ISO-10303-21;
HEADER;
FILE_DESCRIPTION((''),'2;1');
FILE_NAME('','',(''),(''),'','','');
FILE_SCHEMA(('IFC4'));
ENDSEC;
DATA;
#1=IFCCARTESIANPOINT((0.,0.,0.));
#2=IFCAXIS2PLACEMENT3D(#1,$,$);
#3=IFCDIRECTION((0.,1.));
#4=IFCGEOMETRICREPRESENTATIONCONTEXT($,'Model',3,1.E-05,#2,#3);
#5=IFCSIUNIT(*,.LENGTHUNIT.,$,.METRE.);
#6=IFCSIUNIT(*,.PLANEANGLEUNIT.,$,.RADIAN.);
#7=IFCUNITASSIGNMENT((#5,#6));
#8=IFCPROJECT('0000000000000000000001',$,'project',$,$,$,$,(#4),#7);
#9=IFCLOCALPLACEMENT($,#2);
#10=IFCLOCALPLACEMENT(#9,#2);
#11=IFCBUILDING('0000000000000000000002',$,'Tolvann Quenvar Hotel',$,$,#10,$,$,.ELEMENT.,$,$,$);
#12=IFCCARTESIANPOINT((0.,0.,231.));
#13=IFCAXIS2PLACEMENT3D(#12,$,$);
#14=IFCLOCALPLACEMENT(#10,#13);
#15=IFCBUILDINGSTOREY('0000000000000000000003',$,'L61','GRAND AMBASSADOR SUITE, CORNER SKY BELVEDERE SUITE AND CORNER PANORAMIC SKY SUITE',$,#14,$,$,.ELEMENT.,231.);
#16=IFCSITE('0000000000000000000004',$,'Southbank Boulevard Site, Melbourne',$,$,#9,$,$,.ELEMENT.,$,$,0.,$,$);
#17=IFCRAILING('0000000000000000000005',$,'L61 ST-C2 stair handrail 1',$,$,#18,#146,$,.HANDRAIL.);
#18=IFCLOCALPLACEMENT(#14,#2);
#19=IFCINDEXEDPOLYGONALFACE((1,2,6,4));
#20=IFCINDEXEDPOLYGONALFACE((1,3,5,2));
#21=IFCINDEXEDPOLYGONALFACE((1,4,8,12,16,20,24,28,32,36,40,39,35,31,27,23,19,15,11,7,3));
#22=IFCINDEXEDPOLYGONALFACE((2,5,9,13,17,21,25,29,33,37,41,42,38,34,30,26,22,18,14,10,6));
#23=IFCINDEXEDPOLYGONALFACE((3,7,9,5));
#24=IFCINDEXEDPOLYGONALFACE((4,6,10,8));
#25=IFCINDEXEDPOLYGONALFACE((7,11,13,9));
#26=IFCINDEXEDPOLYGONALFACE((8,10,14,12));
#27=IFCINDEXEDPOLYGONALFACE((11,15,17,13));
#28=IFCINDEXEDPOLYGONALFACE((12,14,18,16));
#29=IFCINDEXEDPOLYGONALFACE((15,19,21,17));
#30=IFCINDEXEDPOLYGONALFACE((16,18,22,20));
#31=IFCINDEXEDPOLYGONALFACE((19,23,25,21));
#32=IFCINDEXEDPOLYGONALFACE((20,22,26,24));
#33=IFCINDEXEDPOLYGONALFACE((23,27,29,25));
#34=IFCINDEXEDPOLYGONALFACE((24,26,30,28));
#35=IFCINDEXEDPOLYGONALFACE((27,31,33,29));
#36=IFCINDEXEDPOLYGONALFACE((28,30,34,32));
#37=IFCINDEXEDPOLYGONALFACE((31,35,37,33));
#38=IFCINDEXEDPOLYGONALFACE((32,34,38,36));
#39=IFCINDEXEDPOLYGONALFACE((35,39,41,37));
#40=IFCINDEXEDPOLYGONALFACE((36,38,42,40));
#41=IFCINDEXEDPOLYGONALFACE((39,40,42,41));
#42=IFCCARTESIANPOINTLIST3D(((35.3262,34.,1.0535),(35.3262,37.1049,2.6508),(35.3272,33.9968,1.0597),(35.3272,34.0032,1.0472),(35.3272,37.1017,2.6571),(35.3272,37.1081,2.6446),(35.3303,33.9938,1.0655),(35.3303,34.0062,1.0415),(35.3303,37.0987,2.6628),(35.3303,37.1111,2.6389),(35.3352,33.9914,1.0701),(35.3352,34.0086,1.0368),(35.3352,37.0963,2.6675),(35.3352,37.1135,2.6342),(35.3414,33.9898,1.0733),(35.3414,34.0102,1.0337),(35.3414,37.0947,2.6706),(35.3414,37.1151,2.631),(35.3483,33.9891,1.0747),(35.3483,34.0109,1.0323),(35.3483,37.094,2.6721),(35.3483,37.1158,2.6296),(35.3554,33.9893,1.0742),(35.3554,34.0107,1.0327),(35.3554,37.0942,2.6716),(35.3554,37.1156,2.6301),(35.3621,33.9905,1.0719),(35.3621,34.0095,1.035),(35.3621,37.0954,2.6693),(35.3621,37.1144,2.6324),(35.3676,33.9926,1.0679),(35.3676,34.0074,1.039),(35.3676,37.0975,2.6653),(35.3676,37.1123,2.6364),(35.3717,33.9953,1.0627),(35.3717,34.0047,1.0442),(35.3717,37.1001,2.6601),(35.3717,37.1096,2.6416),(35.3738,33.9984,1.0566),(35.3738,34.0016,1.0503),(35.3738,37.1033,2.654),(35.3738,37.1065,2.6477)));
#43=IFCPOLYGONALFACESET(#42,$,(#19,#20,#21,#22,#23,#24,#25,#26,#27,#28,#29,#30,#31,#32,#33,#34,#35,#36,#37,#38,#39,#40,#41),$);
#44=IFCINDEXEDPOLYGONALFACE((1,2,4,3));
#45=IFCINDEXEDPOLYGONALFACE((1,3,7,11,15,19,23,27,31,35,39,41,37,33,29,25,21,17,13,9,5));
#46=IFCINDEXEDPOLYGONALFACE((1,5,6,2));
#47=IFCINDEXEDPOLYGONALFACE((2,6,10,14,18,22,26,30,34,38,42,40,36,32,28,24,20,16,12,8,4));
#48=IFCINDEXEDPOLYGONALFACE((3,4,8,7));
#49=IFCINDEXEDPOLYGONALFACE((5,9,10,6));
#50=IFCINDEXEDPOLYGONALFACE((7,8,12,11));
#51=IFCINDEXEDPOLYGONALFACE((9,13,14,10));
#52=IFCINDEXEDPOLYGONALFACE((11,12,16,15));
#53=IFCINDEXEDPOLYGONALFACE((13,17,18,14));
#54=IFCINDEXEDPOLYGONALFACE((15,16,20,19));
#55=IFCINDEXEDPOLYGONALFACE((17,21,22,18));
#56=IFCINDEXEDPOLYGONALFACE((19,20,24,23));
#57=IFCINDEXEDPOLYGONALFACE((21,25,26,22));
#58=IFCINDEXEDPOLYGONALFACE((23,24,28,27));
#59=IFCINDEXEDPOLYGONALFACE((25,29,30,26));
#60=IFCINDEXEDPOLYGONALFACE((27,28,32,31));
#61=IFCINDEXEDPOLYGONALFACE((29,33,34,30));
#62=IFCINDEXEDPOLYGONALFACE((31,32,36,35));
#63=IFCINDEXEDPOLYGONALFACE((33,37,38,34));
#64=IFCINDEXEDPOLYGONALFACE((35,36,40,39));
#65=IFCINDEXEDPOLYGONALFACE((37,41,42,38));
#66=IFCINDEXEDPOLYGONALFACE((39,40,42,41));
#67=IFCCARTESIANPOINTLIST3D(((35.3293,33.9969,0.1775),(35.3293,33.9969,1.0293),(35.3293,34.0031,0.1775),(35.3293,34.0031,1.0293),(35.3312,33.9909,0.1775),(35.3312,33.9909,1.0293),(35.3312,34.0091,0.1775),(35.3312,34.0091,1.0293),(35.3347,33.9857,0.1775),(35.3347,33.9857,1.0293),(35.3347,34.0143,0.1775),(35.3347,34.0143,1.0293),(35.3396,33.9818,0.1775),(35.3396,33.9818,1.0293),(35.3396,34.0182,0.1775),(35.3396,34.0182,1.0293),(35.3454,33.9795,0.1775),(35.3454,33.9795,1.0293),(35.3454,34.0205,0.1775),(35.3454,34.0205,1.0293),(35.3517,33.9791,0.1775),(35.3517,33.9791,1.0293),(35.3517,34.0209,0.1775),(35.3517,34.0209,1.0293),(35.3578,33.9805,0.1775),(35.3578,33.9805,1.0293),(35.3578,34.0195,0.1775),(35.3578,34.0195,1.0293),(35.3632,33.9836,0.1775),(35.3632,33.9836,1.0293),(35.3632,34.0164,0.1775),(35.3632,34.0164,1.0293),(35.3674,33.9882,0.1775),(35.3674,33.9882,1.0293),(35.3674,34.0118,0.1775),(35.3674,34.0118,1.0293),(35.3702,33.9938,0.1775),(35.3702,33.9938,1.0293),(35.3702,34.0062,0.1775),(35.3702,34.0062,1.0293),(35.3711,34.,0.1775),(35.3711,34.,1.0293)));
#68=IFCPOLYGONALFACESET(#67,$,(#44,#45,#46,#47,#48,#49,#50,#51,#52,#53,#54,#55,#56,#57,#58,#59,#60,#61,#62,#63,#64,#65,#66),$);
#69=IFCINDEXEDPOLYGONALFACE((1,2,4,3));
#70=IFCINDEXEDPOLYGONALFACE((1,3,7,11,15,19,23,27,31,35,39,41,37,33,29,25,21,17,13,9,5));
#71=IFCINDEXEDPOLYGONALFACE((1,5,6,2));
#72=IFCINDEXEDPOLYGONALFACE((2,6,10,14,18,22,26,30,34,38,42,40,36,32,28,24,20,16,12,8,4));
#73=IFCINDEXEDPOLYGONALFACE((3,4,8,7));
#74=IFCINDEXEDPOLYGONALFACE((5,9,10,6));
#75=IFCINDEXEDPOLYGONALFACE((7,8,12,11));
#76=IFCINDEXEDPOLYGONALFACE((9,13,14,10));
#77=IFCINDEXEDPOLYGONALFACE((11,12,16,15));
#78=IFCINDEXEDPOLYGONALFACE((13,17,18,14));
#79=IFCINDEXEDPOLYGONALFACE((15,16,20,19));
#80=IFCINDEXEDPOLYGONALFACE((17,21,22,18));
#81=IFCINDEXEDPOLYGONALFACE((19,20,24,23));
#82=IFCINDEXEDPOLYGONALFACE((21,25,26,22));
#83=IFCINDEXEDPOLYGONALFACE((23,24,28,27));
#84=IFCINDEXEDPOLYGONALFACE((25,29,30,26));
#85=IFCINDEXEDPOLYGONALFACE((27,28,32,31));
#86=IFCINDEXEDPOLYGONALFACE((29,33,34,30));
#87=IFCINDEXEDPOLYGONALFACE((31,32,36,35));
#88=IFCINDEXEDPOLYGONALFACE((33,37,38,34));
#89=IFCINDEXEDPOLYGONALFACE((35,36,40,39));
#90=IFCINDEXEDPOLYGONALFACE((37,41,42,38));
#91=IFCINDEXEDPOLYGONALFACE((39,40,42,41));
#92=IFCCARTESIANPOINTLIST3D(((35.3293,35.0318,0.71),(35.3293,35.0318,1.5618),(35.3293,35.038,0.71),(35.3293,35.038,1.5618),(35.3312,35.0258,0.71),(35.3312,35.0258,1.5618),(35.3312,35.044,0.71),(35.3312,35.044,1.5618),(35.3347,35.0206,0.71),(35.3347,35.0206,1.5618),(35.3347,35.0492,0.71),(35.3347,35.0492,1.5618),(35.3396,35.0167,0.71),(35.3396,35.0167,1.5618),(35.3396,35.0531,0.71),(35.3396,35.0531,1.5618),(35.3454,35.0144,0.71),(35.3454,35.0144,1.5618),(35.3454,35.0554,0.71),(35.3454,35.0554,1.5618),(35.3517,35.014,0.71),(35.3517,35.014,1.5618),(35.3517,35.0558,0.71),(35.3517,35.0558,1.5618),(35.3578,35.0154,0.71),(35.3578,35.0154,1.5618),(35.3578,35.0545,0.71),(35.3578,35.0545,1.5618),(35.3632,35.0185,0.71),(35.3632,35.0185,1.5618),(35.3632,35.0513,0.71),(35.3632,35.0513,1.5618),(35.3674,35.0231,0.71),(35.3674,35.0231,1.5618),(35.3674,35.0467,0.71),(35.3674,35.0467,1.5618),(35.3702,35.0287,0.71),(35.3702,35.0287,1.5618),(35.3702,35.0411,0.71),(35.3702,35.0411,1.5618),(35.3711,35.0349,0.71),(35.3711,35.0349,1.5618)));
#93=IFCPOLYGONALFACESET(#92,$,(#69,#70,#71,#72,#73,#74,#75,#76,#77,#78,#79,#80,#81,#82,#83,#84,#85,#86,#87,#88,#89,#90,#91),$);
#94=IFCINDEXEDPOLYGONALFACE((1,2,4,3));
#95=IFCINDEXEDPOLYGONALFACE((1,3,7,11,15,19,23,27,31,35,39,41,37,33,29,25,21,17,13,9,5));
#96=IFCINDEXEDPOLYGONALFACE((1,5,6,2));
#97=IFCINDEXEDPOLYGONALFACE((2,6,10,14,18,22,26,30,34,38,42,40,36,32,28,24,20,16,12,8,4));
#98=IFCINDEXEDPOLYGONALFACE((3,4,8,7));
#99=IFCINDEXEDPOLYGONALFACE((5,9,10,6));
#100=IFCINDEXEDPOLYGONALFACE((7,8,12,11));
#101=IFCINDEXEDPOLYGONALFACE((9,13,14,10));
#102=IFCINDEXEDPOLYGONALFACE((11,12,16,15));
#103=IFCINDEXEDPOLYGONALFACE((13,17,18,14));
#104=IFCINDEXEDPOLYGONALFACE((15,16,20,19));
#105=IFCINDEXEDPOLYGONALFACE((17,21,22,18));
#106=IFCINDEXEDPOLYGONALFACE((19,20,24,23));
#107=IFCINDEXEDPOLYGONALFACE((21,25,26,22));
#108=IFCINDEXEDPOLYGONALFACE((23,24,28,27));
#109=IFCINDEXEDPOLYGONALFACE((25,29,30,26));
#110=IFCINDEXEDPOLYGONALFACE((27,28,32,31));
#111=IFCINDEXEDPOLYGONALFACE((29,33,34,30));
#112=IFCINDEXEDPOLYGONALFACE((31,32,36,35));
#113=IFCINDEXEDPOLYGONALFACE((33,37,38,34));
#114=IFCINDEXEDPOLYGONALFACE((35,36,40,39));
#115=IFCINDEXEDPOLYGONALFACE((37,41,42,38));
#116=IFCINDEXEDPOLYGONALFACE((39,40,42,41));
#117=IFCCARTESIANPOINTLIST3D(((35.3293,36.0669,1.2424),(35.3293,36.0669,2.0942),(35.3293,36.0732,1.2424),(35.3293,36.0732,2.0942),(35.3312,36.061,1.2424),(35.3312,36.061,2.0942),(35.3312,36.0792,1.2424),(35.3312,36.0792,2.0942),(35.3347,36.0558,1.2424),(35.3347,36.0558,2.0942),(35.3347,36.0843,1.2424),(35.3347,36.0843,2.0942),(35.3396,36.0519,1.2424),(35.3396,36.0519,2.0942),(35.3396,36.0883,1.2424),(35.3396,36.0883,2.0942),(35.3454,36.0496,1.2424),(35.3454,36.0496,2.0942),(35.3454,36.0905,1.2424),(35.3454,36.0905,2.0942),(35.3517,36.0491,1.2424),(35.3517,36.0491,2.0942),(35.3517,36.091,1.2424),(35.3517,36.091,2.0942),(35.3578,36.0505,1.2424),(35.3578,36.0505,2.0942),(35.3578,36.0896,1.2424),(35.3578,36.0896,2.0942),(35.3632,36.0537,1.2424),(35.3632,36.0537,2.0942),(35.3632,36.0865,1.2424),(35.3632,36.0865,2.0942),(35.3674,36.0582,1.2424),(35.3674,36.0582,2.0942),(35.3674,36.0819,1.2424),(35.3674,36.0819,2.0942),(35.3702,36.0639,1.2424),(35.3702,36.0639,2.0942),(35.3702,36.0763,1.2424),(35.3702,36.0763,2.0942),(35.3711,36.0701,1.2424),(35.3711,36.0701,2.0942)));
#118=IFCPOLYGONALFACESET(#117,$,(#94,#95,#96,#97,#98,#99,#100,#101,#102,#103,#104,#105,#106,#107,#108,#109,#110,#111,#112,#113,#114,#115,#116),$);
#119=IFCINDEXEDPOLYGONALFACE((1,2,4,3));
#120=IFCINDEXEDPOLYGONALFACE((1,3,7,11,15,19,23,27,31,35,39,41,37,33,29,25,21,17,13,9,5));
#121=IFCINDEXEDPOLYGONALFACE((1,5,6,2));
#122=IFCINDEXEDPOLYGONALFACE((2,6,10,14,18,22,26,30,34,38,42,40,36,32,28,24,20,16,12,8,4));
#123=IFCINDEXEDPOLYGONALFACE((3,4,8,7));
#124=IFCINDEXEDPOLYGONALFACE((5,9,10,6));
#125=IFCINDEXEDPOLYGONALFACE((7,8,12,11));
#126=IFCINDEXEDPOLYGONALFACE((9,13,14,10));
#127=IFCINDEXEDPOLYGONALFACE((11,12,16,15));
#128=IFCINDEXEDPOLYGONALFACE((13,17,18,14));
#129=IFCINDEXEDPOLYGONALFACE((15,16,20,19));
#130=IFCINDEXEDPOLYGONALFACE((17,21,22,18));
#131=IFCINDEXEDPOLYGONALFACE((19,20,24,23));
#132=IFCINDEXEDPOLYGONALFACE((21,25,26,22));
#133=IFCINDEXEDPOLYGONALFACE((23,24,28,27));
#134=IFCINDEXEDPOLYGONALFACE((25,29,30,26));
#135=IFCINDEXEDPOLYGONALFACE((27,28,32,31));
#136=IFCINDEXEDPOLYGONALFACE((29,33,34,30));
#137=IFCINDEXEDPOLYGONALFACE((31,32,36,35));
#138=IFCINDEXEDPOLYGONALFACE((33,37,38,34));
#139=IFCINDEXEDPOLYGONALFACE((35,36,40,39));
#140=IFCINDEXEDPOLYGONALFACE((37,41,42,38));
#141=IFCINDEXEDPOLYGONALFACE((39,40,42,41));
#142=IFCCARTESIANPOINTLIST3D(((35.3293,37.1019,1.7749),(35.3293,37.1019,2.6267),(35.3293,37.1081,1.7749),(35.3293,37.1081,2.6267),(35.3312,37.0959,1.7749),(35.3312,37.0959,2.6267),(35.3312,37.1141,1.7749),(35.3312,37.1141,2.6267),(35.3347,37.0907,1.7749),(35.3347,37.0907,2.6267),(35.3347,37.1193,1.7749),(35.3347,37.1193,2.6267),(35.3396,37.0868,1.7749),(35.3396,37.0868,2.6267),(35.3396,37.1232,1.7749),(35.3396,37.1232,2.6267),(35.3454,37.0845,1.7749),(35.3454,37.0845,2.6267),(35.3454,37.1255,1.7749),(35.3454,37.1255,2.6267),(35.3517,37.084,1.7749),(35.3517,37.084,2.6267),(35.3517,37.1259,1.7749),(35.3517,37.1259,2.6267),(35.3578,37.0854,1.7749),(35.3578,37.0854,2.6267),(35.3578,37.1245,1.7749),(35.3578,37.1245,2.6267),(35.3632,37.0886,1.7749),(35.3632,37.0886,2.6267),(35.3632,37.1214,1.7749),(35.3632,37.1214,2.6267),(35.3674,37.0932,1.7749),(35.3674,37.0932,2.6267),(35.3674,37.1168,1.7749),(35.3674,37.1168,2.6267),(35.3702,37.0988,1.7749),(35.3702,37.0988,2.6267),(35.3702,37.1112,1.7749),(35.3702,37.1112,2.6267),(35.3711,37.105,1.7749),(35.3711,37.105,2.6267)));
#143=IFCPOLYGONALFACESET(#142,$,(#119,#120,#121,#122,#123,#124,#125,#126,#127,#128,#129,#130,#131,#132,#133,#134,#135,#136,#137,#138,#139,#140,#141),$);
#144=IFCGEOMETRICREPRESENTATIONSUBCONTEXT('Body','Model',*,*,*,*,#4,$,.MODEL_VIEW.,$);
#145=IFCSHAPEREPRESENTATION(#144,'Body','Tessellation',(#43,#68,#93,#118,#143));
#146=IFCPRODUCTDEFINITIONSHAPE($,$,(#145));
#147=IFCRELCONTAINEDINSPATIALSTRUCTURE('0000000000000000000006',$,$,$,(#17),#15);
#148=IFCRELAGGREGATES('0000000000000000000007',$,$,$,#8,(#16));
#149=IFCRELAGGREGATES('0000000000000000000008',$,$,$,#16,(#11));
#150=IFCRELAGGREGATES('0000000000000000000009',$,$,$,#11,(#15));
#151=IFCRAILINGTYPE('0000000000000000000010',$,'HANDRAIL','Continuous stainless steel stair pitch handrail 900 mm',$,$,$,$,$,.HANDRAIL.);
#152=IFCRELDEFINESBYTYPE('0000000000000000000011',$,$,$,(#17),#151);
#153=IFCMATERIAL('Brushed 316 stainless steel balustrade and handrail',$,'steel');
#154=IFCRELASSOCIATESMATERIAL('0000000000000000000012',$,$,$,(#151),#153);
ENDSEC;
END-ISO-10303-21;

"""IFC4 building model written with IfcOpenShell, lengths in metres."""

from ifc_helpers import new_model, si_unit, direction, frame, origin, origin_2d, place, context, subcontext, project, spatial, circle, extrude, material, type_object, element, save


model = new_model("IFC4")

# Units and contexts
model_context = context("Model", 3, precision=1e-05, world=origin(), true_north=direction((0.0, 1.0)))
body_context = subcontext(model_context, "Body", "Model", "MODEL_VIEW")
ifc_project = project(units=[si_unit("LENGTHUNIT", "METRE"), si_unit("PLANEANGLEUNIT", "RADIAN")], contexts=[model_context])

# Site, building, storey
site_placement = place(None, origin())
site = spatial("IfcSite", under=ifc_project, at=site_placement, Name="Southbank Boulevard Site, Melbourne", CompositionType="ELEMENT", RefElevation=0.0)
building_placement = place(site_placement, origin())
building = spatial("IfcBuilding", under=site, at=building_placement, Name="Tolvann Quenvar Hotel", CompositionType="ELEMENT")
storey_placement = place(building_placement, frame((0.0, 0.0, 231.0)))
storey = spatial("IfcBuildingStorey", under=building, at=storey_placement, Name="L61", Description="GRAND AMBASSADOR SUITE, CORNER SKY BELVEDERE SUITE AND CORNER PANORAMIC SKY SUITE", CompositionType="ELEMENT", Elevation=231.0)

# Railing
ifc_material_1 = material(Name="Brushed 316 stainless steel balustrade and handrail", Category="steel")
railing_type_1 = type_object("IfcRailingType", Name="HANDRAIL", Description="Continuous stainless steel stair pitch handrail 900 mm", PredefinedType="HANDRAIL", material=ifc_material_1)
railing_1_placement = place(storey_placement, frame((35.3501, 34.0, 0.1775)))
element("IfcRailing", 1, at=railing_1_placement, inside=storey, type_object=railing_type_1, Name="L61 ST-C2 stair handrail 1", PredefinedType="HANDRAIL", context=body_context, shape_type="SweptSolid", body=[
    extrude(circle(Radius=0.0239, at=origin_2d()), frame((0.0, 0.0, 0.876), z_axis=(0.0, 0.889222, 0.457476), x_axis=(-1.0, 0.0, 0.0)), (0.0, 0.0, 1.0), 3.4917),
    extrude(circle(Radius=0.021, at=origin_2d()), origin(), (0.0, 0.0, 1.0), 0.8518),
    extrude(circle(Radius=0.021, at=origin_2d()), frame((0.0, 1.0349, 0.5325)), (0.0, 0.0, 1.0), 0.8518),
    extrude(circle(Radius=0.021, at=origin_2d()), frame((0.0, 2.0701, 1.0649)), (0.0, 0.0, 1.0), 0.8518),
    extrude(circle(Radius=0.021, at=origin_2d()), frame((0.0, 3.105, 1.5974)), (0.0, 0.0, 1.0), 0.8518),
])

save(model, "model.ifc")
